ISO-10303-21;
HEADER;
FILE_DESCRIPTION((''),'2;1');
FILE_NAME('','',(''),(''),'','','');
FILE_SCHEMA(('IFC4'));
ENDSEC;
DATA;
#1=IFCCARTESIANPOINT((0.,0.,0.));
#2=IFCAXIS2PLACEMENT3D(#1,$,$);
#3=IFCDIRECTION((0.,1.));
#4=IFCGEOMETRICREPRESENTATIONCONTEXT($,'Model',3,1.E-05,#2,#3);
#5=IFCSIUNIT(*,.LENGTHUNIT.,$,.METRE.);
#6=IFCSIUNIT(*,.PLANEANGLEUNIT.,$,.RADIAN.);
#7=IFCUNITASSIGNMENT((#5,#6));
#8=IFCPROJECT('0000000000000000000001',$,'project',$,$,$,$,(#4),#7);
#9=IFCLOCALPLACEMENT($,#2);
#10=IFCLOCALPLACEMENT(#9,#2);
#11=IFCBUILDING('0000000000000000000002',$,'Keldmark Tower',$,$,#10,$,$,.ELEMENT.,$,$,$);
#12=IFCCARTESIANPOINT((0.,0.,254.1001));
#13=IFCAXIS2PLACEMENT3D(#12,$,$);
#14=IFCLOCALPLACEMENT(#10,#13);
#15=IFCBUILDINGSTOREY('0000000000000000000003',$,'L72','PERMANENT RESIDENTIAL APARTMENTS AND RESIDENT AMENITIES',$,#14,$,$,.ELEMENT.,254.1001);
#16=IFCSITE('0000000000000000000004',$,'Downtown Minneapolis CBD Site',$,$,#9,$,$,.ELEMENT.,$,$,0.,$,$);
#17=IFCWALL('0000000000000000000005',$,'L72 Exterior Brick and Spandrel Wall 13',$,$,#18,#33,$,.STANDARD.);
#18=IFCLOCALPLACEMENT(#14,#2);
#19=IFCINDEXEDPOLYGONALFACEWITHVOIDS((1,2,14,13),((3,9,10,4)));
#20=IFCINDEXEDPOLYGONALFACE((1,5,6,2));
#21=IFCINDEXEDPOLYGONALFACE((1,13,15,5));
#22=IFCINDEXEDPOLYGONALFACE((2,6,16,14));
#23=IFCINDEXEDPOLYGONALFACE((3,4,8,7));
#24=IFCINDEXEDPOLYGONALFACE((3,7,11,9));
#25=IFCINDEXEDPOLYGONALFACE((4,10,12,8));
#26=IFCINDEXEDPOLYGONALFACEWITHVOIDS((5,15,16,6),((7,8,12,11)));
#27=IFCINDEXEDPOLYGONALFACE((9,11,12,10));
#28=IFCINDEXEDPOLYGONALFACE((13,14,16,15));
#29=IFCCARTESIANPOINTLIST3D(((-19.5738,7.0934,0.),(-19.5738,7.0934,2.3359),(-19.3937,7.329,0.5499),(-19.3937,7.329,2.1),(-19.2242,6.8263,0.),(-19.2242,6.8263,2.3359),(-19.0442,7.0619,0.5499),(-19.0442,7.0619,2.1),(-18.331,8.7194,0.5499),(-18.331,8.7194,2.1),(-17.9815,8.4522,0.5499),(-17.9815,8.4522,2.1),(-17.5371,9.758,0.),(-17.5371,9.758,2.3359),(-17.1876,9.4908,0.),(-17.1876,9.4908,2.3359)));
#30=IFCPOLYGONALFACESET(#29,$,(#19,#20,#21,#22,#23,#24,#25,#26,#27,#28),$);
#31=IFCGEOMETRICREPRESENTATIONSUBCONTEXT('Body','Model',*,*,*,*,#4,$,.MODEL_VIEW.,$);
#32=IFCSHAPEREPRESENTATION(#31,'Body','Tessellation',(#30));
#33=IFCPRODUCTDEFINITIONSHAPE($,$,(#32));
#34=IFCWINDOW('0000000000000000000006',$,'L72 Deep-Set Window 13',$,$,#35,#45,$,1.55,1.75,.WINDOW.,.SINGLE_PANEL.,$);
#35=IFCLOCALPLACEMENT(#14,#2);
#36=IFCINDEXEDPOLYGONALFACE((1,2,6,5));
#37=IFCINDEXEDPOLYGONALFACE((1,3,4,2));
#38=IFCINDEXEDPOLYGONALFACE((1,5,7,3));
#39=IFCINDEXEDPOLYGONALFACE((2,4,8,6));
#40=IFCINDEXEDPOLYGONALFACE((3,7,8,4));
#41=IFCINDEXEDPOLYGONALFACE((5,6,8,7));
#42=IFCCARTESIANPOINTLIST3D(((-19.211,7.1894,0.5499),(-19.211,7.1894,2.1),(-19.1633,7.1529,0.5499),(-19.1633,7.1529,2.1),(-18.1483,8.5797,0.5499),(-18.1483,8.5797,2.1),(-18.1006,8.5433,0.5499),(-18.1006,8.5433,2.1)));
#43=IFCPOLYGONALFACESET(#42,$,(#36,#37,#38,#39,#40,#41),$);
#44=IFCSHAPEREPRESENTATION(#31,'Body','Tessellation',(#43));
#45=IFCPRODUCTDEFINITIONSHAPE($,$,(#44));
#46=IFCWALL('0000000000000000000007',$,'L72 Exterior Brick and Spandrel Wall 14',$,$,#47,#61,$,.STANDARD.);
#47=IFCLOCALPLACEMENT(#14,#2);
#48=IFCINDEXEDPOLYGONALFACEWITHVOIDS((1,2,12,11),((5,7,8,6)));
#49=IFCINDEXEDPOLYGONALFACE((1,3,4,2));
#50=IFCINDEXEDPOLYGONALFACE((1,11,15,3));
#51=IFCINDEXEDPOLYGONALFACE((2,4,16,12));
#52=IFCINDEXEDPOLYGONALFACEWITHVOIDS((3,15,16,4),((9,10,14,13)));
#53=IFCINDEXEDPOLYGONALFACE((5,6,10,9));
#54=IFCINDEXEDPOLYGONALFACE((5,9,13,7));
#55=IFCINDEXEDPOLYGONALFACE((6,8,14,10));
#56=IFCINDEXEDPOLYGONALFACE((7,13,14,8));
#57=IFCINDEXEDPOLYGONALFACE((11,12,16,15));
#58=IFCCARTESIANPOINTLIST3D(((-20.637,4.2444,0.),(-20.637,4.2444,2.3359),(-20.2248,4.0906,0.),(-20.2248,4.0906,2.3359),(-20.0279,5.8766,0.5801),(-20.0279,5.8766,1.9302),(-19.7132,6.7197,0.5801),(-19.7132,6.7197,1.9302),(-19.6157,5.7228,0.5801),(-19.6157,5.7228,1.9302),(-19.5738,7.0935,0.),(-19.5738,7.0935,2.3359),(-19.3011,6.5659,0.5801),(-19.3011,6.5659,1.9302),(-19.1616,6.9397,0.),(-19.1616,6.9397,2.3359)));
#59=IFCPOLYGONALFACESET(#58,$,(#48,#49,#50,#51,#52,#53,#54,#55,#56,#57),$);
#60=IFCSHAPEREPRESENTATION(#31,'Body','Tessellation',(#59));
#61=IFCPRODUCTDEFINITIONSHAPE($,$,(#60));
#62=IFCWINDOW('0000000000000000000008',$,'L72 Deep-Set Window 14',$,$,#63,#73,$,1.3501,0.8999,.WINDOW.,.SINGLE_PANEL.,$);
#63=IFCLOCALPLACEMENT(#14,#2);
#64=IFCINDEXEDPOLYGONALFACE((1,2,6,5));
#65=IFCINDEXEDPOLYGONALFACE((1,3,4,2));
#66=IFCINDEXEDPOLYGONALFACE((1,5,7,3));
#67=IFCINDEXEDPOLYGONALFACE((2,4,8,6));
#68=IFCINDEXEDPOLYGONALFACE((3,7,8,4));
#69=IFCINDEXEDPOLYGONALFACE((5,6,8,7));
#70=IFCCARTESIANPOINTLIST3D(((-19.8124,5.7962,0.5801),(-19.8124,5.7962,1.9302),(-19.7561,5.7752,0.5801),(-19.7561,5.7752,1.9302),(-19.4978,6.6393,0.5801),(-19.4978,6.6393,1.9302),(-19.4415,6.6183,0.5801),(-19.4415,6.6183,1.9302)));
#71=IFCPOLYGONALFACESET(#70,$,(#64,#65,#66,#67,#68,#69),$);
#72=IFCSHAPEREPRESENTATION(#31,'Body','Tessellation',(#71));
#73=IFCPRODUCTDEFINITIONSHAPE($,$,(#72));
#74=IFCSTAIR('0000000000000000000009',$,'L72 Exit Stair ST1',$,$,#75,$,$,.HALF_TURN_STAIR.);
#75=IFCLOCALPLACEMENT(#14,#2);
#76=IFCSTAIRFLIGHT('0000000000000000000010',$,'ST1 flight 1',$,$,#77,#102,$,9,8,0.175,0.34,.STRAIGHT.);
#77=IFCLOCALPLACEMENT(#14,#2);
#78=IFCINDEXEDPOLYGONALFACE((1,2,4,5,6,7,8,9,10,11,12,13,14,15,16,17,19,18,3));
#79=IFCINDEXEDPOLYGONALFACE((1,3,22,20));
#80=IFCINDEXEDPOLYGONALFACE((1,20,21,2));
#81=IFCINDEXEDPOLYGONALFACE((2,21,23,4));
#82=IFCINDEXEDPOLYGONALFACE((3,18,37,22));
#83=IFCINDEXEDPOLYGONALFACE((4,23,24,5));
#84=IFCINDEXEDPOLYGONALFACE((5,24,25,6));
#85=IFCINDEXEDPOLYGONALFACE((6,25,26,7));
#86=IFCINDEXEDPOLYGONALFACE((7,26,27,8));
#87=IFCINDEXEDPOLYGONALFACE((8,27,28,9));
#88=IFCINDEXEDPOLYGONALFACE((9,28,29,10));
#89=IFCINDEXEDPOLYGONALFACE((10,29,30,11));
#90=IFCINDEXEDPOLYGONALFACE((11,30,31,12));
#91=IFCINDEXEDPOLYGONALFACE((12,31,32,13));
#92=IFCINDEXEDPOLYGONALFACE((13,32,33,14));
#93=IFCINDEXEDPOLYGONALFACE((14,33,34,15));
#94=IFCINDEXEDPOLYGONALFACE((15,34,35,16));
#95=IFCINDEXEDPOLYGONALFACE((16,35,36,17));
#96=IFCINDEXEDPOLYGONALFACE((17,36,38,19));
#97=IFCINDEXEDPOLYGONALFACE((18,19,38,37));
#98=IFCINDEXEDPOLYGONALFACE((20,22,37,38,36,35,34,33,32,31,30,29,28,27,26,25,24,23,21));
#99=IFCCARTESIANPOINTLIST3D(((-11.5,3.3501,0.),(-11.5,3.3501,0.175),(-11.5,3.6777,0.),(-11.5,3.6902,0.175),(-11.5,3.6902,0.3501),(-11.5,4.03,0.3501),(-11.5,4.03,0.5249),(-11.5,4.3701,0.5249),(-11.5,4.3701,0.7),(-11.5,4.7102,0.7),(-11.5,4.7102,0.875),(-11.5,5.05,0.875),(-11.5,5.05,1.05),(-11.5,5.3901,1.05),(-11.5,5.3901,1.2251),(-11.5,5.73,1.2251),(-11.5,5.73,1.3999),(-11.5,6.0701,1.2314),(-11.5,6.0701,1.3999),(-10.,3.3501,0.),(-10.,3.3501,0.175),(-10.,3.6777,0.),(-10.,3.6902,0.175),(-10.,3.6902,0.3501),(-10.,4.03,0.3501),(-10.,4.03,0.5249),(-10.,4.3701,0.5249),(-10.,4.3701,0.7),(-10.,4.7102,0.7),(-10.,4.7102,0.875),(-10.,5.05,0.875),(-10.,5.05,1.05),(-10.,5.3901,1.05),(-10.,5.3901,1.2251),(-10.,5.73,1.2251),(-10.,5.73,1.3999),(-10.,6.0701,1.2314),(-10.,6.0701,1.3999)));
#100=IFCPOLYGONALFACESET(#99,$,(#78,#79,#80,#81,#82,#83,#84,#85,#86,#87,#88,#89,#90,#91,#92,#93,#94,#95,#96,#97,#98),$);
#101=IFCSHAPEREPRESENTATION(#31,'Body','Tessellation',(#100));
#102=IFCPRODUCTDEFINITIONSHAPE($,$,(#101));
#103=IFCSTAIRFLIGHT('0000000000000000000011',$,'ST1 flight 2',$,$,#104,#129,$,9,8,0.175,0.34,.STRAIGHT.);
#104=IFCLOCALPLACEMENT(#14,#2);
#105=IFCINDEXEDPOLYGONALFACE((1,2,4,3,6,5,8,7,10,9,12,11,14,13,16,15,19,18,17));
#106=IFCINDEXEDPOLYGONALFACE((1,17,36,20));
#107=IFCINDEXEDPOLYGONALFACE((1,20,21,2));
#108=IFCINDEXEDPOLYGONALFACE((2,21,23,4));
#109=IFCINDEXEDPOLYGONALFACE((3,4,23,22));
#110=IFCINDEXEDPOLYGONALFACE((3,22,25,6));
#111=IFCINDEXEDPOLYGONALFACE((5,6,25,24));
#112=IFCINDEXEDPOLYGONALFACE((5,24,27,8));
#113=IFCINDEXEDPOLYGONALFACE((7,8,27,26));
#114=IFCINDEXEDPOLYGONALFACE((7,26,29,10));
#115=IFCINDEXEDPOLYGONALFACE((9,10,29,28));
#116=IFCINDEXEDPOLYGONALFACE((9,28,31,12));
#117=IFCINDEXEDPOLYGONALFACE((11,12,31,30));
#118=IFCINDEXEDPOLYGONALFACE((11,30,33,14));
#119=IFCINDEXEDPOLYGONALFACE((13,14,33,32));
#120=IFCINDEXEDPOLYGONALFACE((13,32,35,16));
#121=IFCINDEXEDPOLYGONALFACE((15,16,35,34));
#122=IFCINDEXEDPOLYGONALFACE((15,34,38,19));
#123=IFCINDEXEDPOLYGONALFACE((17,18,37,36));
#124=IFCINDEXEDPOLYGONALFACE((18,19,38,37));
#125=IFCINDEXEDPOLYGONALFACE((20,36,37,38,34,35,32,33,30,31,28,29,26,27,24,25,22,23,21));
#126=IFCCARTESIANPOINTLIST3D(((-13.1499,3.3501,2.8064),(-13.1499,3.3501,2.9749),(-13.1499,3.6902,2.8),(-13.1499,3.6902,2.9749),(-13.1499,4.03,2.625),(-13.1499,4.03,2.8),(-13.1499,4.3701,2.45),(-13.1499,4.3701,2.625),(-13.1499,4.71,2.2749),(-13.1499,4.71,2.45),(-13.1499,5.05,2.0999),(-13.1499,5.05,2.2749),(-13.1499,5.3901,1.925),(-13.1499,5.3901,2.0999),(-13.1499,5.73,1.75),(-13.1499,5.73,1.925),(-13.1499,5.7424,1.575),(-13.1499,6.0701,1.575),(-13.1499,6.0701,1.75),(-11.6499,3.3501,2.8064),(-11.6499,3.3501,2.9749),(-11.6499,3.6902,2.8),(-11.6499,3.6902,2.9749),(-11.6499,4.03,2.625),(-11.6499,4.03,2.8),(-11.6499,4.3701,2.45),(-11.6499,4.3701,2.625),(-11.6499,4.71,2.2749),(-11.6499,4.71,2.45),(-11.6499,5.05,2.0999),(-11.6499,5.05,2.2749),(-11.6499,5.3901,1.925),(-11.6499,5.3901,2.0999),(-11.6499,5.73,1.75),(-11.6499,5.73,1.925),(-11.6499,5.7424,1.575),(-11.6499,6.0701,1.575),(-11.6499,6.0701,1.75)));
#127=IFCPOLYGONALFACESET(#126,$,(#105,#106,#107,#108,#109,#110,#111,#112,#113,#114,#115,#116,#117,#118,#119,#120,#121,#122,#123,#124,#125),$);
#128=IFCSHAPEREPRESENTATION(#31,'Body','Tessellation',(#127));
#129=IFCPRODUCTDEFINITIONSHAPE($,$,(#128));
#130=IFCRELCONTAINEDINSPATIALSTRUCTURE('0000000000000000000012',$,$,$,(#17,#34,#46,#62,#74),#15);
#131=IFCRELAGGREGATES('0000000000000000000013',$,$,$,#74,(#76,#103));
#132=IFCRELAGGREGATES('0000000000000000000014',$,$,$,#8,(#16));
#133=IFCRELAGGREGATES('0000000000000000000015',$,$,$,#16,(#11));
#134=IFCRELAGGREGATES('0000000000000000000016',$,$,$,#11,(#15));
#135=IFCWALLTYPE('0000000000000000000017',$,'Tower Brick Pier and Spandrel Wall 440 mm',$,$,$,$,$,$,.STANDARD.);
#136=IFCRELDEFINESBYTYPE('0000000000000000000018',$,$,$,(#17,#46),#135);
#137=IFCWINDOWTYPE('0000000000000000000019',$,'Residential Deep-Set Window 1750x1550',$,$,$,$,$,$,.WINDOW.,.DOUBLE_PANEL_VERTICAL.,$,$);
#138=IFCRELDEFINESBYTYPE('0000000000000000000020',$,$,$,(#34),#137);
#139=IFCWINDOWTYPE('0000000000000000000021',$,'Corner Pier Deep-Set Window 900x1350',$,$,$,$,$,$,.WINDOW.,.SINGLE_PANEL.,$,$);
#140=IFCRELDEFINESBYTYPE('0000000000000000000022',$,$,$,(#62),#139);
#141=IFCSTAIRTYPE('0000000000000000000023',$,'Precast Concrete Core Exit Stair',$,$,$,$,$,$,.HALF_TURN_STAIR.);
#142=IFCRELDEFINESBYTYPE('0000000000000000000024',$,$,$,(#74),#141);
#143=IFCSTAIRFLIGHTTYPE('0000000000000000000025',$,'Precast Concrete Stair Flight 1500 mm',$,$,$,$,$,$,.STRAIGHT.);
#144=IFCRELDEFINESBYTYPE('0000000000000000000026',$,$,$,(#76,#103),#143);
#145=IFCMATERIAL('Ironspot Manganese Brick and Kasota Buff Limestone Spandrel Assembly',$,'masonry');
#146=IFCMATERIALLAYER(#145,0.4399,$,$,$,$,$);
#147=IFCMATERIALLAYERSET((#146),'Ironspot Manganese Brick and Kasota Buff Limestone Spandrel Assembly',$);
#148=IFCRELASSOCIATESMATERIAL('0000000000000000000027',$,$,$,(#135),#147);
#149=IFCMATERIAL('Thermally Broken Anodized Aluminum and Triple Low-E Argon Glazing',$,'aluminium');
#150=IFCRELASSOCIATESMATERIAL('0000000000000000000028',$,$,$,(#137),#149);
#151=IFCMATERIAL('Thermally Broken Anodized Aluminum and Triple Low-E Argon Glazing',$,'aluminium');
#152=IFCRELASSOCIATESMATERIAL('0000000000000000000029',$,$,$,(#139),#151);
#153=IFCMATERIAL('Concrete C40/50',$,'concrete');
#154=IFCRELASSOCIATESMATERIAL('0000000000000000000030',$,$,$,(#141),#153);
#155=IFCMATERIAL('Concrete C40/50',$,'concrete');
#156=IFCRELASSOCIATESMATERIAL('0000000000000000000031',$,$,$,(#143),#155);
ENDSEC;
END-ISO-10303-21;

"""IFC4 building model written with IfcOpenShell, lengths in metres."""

from ifc_helpers import new_model, si_unit, direction, frame, frame_2d, origin, place, context, subcontext, project, spatial, polyline, rectangle, outline, extrude, material, layer, layer_set, type_object, element, fill, aggregate, save


model = new_model("IFC4")

# Units and contexts
model_context = context("Model", 3, precision=1e-05, world=origin(), true_north=direction((0.0, 1.0)))
body_context = subcontext(model_context, "Body", "Model", "MODEL_VIEW")
ifc_project = project(units=[si_unit("LENGTHUNIT", "METRE"), si_unit("PLANEANGLEUNIT", "RADIAN")], contexts=[model_context])

# Site, building, storey
site_placement = place(None, origin())
site = spatial("IfcSite", under=ifc_project, at=site_placement, Name="Downtown Minneapolis CBD Site", CompositionType="ELEMENT", RefElevation=0.0)
building_placement = place(site_placement, origin())
building = spatial("IfcBuilding", under=site, at=building_placement, Name="Keldmark Tower", CompositionType="ELEMENT")
storey_placement = place(building_placement, frame((0.0, 0.0, 254.1001)))
storey = spatial("IfcBuildingStorey", under=building, at=storey_placement, Name="L72", Description="PERMANENT RESIDENTIAL APARTMENTS AND RESIDENT AMENITIES", CompositionType="ELEMENT", Elevation=254.1001)

# Walls, openings, windows
ifc_material_1 = material(Name="Ironspot Manganese Brick and Kasota Buff Limestone Spandrel Assembly", Category="masonry")
ifc_layer_1 = layer(ifc_material_1, 0.4399)
ifc_layer_set_1 = layer_set([ifc_layer_1], Name="Ironspot Manganese Brick and Kasota Buff Limestone Spandrel Assembly")
wall_type_1 = type_object("IfcWallType", Name="Tower Brick Pier and Spandrel Wall 440 mm", PredefinedType="STANDARD", material=ifc_layer_set_1)
wall_1_placement = place(storey_placement, frame((-19.3989, 6.96, 0.0), z_axis=(0.0, 0.0, 1.0), x_axis=(0.607266, 0.794498, 0.0)))
wall_1 = element("IfcWall", 1, at=wall_1_placement, inside=storey, type_object=wall_type_1, Name="L72 Exterior Brick and Spandrel Wall 13", PredefinedType="STANDARD", context=body_context, shape_type="SweptSolid", body=[
    extrude(rectangle(XDim=3.3538, YDim=0.4399, at=frame_2d((1.6768, 0.0))), origin(), (0.0, 0.0, 1.0), 2.3359),
])
opening_1_placement = place(wall_1_placement, frame((0.2964, 0.0, 0.55)))
opening_1 = element("IfcOpeningElement", 2, at=opening_1_placement, cuts=wall_1, PredefinedType="OPENING", context=body_context, shape_type="SweptSolid", body=[
    extrude(rectangle(XDim=1.75, YDim=1.55, at=frame_2d((0.875, 0.7749))), frame((0.0, 0.23, 0.0), z_axis=(0.0, -1.0, 0.0), x_axis=(1.0, 0.0, 0.0)), (0.0, 0.0, 1.0), 0.46),
])
ifc_material_2 = material(Name="Thermally Broken Anodized Aluminum and Triple Low-E Argon Glazing", Category="aluminium")
window_type_1 = type_object("IfcWindowType", Name="Residential Deep-Set Window 1750x1550", PartitioningType="DOUBLE_PANEL_VERTICAL", PredefinedType="WINDOW", material=ifc_material_2)
window_1_placement = place(opening_1_placement, origin())
window_1 = element("IfcWindow", 3, at=window_1_placement, inside=storey, type_object=window_type_1, Name="L72 Deep-Set Window 13", OverallHeight=1.55, OverallWidth=1.75, PartitioningType="SINGLE_PANEL", PredefinedType="WINDOW", context=body_context, shape_type="SweptSolid", body=[
    extrude(rectangle(XDim=1.75, YDim=1.55, at=frame_2d((0.875, 0.7749))), frame((0.0, -0.01, 0.0), z_axis=(0.0, -1.0, 0.0), x_axis=(1.0, 0.0, 0.0)), (0.0, 0.0, 1.0), 0.0601),
])
fill(opening_1, window_1)
wall_2_placement = place(storey_placement, frame((-20.4309, 4.1675, 0.0), z_axis=(0.0, 0.0, 1.0), x_axis=(0.349627, 0.936889, 0.0)))
wall_2 = element("IfcWall", 4, at=wall_2_placement, inside=storey, type_object=wall_type_1, Name="L72 Exterior Brick and Spandrel Wall 14", PredefinedType="STANDARD", context=body_context, shape_type="SweptSolid", body=[
    extrude(rectangle(XDim=3.041, YDim=0.4399, at=frame_2d((1.5205, 0.0))), origin(), (0.0, 0.0, 1.0), 2.3359),
])
opening_2_placement = place(wall_2_placement, frame((1.7422, 0.0, 0.5801)))
opening_2 = element("IfcOpeningElement", 5, at=opening_2_placement, cuts=wall_2, PredefinedType="OPENING", context=body_context, shape_type="SweptSolid", body=[
    extrude(rectangle(XDim=0.8999, YDim=1.3501, at=frame_2d((0.45, 0.675))), frame((0.0, 0.23, 0.0), z_axis=(0.0, -1.0, 0.0), x_axis=(1.0, 0.0, 0.0)), (0.0, 0.0, 1.0), 0.46),
])
ifc_material_3 = material(Name="Thermally Broken Anodized Aluminum and Triple Low-E Argon Glazing", Category="aluminium")
window_type_2 = type_object("IfcWindowType", Name="Corner Pier Deep-Set Window 900x1350", PartitioningType="SINGLE_PANEL", PredefinedType="WINDOW", material=ifc_material_3)
window_2_placement = place(opening_2_placement, origin())
window_2 = element("IfcWindow", 6, at=window_2_placement, inside=storey, type_object=window_type_2, Name="L72 Deep-Set Window 14", OverallHeight=1.3501, OverallWidth=0.8999, PartitioningType="SINGLE_PANEL", PredefinedType="WINDOW", context=body_context, shape_type="SweptSolid", body=[
    extrude(rectangle(XDim=0.8999, YDim=1.3501, at=frame_2d((0.45, 0.675))), frame((0.0, -0.01, 0.0), z_axis=(0.0, -1.0, 0.0), x_axis=(1.0, 0.0, 0.0)), (0.0, 0.0, 1.0), 0.0601),
])
fill(opening_2, window_2)

# Stair, stair flights
ifc_material_4 = material(Name="Concrete C40/50", Category="concrete")
stair_type = type_object("IfcStairType", Name="Precast Concrete Core Exit Stair", PredefinedType="HALF_TURN_STAIR", material=ifc_material_4)
stair_placement = place(storey_placement, origin())
stair = element("IfcStair", 7, at=stair_placement, inside=storey, type_object=stair_type, Name="L72 Exit Stair ST1", PredefinedType="HALF_TURN_STAIR")
ifc_material_5 = material(Name="Concrete C40/50", Category="concrete")
stair_flight_type = type_object("IfcStairFlightType", Name="Precast Concrete Stair Flight 1500 mm", PredefinedType="STRAIGHT", material=ifc_material_5)
stair_flight_1_placement = place(storey_placement, frame((-10.75, 3.3501, 0.0), z_axis=(0.0, 0.0, 1.0), x_axis=(0.0, 1.0, 0.0)))
stair_flight_1 = element("IfcStairFlight", 8, at=stair_flight_1_placement, type_object=stair_flight_type, Name="ST1 flight 1", NumberOfRisers=9, NumberOfTreads=8, PredefinedType="STRAIGHT", RiserHeight=0.175, TreadLength=0.34, context=body_context, shape_type="SweptSolid", body=[
    extrude(outline(polyline([(0.0, 0.0), (0.0, 0.175), (0.3401, 0.175), (0.3401, 0.3501), (0.6799, 0.3501), (0.6799, 0.5249), (1.02, 0.5249), (1.02, 0.7), (1.3601, 0.7), (1.3601, 0.875), (1.7, 0.875), (1.7, 1.05), (2.04, 1.05), (2.04, 1.2251), (2.3799, 1.2251), (2.3799, 1.3999), (2.72, 1.3999), (2.72, 1.575), (2.72, 1.2314), (0.3276, 0.0), (0.0, 0.0)])), frame((0.0, 0.75, 0.0), z_axis=(0.0, -1.0, 0.0), x_axis=(1.0, 0.0, 0.0)), (0.0, 0.0, 1.0), 1.5),
])
stair_flight_2_placement = place(storey_placement, frame((-12.3999, 6.0701, 1.575), z_axis=(0.0, 0.0, 1.0), x_axis=(0.0, -1.0, 0.0)))
stair_flight_2 = element("IfcStairFlight", 9, at=stair_flight_2_placement, type_object=stair_flight_type, Name="ST1 flight 2", NumberOfRisers=9, NumberOfTreads=8, PredefinedType="STRAIGHT", RiserHeight=0.175, TreadLength=0.34, context=body_context, shape_type="SweptSolid", body=[
    extrude(outline(polyline([(0.0, 0.0), (0.0, 0.175), (0.3401, 0.175), (0.3401, 0.3501), (0.6799, 0.3501), (0.6799, 0.5249), (1.02, 0.5249), (1.02, 0.7), (1.3601, 0.7), (1.3601, 0.875), (1.7, 0.875), (1.7, 1.05), (2.04, 1.05), (2.04, 1.2251), (2.3799, 1.2251), (2.3799, 1.3999), (2.72, 1.3999), (2.72, 1.575), (2.72, 1.2314), (0.3276, 0.0), (0.0, 0.0)])), frame((0.0, 0.75, 0.0), z_axis=(0.0, -1.0, 0.0), x_axis=(1.0, 0.0, 0.0)), (0.0, 0.0, 1.0), 1.5),
])
aggregate(stair, [stair_flight_1, stair_flight_2])

save(model, "model.ifc")
